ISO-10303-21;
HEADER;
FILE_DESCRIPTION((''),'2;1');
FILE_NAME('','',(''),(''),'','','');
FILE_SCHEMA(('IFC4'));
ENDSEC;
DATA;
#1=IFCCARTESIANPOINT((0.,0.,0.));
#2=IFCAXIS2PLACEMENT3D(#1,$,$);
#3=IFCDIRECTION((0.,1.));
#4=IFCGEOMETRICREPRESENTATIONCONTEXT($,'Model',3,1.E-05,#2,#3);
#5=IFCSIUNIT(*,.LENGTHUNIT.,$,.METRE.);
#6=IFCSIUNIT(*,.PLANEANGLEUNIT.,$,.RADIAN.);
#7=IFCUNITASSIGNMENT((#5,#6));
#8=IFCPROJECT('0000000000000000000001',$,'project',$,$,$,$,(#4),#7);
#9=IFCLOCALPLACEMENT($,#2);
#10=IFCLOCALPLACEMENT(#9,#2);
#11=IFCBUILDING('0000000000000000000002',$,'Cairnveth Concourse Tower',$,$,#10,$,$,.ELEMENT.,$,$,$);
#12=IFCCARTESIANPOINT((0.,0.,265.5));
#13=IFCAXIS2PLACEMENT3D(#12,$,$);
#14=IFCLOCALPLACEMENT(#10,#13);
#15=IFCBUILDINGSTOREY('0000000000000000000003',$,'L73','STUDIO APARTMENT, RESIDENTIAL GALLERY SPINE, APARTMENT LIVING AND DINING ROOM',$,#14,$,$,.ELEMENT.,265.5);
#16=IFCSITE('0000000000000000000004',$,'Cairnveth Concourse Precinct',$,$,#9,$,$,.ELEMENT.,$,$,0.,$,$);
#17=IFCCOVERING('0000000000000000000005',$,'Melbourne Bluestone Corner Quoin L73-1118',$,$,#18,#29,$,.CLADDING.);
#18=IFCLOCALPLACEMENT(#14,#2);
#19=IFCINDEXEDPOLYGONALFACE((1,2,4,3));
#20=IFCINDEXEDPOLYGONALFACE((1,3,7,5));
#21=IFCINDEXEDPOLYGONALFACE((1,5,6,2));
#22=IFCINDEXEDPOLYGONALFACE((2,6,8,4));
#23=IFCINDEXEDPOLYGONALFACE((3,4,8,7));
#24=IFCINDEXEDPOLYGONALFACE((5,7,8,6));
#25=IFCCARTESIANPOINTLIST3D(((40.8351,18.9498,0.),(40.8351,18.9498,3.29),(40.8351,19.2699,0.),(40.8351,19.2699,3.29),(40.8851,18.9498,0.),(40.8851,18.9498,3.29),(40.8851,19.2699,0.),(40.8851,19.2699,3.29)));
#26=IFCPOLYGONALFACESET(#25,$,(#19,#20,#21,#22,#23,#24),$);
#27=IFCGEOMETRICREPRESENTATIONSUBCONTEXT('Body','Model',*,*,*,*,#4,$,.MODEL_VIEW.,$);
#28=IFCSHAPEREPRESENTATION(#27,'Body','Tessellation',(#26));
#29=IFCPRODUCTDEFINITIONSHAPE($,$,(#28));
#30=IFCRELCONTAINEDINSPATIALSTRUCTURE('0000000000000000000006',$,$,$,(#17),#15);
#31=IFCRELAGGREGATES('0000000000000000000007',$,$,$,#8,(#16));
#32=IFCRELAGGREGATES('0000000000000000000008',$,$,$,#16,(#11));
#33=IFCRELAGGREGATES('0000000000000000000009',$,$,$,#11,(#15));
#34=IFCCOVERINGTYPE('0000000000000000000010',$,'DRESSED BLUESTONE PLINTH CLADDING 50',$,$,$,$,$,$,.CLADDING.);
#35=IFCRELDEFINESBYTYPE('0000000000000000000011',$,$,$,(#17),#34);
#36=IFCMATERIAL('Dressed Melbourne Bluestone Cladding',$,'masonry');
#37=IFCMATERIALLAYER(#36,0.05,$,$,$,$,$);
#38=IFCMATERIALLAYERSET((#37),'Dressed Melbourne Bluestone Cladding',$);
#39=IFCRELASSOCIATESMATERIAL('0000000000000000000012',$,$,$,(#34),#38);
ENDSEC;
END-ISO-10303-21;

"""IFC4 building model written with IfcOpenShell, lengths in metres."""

from ifc_helpers import new_model, si_unit, direction, frame, frame_2d, origin, place, context, subcontext, project, spatial, rectangle, extrude, material, layer, layer_set, type_object, element, save


model = new_model("IFC4")

# Units and contexts
model_context = context("Model", 3, precision=1e-05, world=origin(), true_north=direction((0.0, 1.0)))
body_context = subcontext(model_context, "Body", "Model", "MODEL_VIEW")
ifc_project = project(units=[si_unit("LENGTHUNIT", "METRE"), si_unit("PLANEANGLEUNIT", "RADIAN")], contexts=[model_context])

# Site, building, storey
site_placement = place(None, origin())
site = spatial("IfcSite", under=ifc_project, at=site_placement, Name="Cairnveth Concourse Precinct", CompositionType="ELEMENT", RefElevation=0.0)
building_placement = place(site_placement, origin())
building = spatial("IfcBuilding", under=site, at=building_placement, Name="Cairnveth Concourse Tower", CompositionType="ELEMENT")
storey_placement = place(building_placement, frame((0.0, 0.0, 265.5)))
storey = spatial("IfcBuildingStorey", under=building, at=storey_placement, Name="L73", Description="STUDIO APARTMENT, RESIDENTIAL GALLERY SPINE, APARTMENT LIVING AND DINING ROOM", CompositionType="ELEMENT", Elevation=265.5)

# Covering
ifc_material_1 = material(Name="Dressed Melbourne Bluestone Cladding", Category="masonry")
ifc_layer_1 = layer(ifc_material_1, 0.05)
ifc_layer_set_1 = layer_set([ifc_layer_1], Name="Dressed Melbourne Bluestone Cladding")
covering_type = type_object("IfcCoveringType", Name="DRESSED BLUESTONE PLINTH CLADDING 50", PredefinedType="CLADDING", material=ifc_layer_set_1)
covering_1_placement = place(storey_placement, frame((40.8601, 19.27, 0.0), z_axis=(0.0, 0.0, 1.0), x_axis=(0.0, -1.0, 0.0)))
element("IfcCovering", 1, at=covering_1_placement, inside=storey, type_object=covering_type, Name="Melbourne Bluestone Corner Quoin L73-1118", PredefinedType="CLADDING", context=body_context, shape_type="SweptSolid", body=[
    extrude(rectangle(XDim=0.3201, YDim=0.05, at=frame_2d((0.1602, 0.0))), origin(), (0.0, 0.0, 1.0), 3.29),
])

save(model, "model.ifc")
